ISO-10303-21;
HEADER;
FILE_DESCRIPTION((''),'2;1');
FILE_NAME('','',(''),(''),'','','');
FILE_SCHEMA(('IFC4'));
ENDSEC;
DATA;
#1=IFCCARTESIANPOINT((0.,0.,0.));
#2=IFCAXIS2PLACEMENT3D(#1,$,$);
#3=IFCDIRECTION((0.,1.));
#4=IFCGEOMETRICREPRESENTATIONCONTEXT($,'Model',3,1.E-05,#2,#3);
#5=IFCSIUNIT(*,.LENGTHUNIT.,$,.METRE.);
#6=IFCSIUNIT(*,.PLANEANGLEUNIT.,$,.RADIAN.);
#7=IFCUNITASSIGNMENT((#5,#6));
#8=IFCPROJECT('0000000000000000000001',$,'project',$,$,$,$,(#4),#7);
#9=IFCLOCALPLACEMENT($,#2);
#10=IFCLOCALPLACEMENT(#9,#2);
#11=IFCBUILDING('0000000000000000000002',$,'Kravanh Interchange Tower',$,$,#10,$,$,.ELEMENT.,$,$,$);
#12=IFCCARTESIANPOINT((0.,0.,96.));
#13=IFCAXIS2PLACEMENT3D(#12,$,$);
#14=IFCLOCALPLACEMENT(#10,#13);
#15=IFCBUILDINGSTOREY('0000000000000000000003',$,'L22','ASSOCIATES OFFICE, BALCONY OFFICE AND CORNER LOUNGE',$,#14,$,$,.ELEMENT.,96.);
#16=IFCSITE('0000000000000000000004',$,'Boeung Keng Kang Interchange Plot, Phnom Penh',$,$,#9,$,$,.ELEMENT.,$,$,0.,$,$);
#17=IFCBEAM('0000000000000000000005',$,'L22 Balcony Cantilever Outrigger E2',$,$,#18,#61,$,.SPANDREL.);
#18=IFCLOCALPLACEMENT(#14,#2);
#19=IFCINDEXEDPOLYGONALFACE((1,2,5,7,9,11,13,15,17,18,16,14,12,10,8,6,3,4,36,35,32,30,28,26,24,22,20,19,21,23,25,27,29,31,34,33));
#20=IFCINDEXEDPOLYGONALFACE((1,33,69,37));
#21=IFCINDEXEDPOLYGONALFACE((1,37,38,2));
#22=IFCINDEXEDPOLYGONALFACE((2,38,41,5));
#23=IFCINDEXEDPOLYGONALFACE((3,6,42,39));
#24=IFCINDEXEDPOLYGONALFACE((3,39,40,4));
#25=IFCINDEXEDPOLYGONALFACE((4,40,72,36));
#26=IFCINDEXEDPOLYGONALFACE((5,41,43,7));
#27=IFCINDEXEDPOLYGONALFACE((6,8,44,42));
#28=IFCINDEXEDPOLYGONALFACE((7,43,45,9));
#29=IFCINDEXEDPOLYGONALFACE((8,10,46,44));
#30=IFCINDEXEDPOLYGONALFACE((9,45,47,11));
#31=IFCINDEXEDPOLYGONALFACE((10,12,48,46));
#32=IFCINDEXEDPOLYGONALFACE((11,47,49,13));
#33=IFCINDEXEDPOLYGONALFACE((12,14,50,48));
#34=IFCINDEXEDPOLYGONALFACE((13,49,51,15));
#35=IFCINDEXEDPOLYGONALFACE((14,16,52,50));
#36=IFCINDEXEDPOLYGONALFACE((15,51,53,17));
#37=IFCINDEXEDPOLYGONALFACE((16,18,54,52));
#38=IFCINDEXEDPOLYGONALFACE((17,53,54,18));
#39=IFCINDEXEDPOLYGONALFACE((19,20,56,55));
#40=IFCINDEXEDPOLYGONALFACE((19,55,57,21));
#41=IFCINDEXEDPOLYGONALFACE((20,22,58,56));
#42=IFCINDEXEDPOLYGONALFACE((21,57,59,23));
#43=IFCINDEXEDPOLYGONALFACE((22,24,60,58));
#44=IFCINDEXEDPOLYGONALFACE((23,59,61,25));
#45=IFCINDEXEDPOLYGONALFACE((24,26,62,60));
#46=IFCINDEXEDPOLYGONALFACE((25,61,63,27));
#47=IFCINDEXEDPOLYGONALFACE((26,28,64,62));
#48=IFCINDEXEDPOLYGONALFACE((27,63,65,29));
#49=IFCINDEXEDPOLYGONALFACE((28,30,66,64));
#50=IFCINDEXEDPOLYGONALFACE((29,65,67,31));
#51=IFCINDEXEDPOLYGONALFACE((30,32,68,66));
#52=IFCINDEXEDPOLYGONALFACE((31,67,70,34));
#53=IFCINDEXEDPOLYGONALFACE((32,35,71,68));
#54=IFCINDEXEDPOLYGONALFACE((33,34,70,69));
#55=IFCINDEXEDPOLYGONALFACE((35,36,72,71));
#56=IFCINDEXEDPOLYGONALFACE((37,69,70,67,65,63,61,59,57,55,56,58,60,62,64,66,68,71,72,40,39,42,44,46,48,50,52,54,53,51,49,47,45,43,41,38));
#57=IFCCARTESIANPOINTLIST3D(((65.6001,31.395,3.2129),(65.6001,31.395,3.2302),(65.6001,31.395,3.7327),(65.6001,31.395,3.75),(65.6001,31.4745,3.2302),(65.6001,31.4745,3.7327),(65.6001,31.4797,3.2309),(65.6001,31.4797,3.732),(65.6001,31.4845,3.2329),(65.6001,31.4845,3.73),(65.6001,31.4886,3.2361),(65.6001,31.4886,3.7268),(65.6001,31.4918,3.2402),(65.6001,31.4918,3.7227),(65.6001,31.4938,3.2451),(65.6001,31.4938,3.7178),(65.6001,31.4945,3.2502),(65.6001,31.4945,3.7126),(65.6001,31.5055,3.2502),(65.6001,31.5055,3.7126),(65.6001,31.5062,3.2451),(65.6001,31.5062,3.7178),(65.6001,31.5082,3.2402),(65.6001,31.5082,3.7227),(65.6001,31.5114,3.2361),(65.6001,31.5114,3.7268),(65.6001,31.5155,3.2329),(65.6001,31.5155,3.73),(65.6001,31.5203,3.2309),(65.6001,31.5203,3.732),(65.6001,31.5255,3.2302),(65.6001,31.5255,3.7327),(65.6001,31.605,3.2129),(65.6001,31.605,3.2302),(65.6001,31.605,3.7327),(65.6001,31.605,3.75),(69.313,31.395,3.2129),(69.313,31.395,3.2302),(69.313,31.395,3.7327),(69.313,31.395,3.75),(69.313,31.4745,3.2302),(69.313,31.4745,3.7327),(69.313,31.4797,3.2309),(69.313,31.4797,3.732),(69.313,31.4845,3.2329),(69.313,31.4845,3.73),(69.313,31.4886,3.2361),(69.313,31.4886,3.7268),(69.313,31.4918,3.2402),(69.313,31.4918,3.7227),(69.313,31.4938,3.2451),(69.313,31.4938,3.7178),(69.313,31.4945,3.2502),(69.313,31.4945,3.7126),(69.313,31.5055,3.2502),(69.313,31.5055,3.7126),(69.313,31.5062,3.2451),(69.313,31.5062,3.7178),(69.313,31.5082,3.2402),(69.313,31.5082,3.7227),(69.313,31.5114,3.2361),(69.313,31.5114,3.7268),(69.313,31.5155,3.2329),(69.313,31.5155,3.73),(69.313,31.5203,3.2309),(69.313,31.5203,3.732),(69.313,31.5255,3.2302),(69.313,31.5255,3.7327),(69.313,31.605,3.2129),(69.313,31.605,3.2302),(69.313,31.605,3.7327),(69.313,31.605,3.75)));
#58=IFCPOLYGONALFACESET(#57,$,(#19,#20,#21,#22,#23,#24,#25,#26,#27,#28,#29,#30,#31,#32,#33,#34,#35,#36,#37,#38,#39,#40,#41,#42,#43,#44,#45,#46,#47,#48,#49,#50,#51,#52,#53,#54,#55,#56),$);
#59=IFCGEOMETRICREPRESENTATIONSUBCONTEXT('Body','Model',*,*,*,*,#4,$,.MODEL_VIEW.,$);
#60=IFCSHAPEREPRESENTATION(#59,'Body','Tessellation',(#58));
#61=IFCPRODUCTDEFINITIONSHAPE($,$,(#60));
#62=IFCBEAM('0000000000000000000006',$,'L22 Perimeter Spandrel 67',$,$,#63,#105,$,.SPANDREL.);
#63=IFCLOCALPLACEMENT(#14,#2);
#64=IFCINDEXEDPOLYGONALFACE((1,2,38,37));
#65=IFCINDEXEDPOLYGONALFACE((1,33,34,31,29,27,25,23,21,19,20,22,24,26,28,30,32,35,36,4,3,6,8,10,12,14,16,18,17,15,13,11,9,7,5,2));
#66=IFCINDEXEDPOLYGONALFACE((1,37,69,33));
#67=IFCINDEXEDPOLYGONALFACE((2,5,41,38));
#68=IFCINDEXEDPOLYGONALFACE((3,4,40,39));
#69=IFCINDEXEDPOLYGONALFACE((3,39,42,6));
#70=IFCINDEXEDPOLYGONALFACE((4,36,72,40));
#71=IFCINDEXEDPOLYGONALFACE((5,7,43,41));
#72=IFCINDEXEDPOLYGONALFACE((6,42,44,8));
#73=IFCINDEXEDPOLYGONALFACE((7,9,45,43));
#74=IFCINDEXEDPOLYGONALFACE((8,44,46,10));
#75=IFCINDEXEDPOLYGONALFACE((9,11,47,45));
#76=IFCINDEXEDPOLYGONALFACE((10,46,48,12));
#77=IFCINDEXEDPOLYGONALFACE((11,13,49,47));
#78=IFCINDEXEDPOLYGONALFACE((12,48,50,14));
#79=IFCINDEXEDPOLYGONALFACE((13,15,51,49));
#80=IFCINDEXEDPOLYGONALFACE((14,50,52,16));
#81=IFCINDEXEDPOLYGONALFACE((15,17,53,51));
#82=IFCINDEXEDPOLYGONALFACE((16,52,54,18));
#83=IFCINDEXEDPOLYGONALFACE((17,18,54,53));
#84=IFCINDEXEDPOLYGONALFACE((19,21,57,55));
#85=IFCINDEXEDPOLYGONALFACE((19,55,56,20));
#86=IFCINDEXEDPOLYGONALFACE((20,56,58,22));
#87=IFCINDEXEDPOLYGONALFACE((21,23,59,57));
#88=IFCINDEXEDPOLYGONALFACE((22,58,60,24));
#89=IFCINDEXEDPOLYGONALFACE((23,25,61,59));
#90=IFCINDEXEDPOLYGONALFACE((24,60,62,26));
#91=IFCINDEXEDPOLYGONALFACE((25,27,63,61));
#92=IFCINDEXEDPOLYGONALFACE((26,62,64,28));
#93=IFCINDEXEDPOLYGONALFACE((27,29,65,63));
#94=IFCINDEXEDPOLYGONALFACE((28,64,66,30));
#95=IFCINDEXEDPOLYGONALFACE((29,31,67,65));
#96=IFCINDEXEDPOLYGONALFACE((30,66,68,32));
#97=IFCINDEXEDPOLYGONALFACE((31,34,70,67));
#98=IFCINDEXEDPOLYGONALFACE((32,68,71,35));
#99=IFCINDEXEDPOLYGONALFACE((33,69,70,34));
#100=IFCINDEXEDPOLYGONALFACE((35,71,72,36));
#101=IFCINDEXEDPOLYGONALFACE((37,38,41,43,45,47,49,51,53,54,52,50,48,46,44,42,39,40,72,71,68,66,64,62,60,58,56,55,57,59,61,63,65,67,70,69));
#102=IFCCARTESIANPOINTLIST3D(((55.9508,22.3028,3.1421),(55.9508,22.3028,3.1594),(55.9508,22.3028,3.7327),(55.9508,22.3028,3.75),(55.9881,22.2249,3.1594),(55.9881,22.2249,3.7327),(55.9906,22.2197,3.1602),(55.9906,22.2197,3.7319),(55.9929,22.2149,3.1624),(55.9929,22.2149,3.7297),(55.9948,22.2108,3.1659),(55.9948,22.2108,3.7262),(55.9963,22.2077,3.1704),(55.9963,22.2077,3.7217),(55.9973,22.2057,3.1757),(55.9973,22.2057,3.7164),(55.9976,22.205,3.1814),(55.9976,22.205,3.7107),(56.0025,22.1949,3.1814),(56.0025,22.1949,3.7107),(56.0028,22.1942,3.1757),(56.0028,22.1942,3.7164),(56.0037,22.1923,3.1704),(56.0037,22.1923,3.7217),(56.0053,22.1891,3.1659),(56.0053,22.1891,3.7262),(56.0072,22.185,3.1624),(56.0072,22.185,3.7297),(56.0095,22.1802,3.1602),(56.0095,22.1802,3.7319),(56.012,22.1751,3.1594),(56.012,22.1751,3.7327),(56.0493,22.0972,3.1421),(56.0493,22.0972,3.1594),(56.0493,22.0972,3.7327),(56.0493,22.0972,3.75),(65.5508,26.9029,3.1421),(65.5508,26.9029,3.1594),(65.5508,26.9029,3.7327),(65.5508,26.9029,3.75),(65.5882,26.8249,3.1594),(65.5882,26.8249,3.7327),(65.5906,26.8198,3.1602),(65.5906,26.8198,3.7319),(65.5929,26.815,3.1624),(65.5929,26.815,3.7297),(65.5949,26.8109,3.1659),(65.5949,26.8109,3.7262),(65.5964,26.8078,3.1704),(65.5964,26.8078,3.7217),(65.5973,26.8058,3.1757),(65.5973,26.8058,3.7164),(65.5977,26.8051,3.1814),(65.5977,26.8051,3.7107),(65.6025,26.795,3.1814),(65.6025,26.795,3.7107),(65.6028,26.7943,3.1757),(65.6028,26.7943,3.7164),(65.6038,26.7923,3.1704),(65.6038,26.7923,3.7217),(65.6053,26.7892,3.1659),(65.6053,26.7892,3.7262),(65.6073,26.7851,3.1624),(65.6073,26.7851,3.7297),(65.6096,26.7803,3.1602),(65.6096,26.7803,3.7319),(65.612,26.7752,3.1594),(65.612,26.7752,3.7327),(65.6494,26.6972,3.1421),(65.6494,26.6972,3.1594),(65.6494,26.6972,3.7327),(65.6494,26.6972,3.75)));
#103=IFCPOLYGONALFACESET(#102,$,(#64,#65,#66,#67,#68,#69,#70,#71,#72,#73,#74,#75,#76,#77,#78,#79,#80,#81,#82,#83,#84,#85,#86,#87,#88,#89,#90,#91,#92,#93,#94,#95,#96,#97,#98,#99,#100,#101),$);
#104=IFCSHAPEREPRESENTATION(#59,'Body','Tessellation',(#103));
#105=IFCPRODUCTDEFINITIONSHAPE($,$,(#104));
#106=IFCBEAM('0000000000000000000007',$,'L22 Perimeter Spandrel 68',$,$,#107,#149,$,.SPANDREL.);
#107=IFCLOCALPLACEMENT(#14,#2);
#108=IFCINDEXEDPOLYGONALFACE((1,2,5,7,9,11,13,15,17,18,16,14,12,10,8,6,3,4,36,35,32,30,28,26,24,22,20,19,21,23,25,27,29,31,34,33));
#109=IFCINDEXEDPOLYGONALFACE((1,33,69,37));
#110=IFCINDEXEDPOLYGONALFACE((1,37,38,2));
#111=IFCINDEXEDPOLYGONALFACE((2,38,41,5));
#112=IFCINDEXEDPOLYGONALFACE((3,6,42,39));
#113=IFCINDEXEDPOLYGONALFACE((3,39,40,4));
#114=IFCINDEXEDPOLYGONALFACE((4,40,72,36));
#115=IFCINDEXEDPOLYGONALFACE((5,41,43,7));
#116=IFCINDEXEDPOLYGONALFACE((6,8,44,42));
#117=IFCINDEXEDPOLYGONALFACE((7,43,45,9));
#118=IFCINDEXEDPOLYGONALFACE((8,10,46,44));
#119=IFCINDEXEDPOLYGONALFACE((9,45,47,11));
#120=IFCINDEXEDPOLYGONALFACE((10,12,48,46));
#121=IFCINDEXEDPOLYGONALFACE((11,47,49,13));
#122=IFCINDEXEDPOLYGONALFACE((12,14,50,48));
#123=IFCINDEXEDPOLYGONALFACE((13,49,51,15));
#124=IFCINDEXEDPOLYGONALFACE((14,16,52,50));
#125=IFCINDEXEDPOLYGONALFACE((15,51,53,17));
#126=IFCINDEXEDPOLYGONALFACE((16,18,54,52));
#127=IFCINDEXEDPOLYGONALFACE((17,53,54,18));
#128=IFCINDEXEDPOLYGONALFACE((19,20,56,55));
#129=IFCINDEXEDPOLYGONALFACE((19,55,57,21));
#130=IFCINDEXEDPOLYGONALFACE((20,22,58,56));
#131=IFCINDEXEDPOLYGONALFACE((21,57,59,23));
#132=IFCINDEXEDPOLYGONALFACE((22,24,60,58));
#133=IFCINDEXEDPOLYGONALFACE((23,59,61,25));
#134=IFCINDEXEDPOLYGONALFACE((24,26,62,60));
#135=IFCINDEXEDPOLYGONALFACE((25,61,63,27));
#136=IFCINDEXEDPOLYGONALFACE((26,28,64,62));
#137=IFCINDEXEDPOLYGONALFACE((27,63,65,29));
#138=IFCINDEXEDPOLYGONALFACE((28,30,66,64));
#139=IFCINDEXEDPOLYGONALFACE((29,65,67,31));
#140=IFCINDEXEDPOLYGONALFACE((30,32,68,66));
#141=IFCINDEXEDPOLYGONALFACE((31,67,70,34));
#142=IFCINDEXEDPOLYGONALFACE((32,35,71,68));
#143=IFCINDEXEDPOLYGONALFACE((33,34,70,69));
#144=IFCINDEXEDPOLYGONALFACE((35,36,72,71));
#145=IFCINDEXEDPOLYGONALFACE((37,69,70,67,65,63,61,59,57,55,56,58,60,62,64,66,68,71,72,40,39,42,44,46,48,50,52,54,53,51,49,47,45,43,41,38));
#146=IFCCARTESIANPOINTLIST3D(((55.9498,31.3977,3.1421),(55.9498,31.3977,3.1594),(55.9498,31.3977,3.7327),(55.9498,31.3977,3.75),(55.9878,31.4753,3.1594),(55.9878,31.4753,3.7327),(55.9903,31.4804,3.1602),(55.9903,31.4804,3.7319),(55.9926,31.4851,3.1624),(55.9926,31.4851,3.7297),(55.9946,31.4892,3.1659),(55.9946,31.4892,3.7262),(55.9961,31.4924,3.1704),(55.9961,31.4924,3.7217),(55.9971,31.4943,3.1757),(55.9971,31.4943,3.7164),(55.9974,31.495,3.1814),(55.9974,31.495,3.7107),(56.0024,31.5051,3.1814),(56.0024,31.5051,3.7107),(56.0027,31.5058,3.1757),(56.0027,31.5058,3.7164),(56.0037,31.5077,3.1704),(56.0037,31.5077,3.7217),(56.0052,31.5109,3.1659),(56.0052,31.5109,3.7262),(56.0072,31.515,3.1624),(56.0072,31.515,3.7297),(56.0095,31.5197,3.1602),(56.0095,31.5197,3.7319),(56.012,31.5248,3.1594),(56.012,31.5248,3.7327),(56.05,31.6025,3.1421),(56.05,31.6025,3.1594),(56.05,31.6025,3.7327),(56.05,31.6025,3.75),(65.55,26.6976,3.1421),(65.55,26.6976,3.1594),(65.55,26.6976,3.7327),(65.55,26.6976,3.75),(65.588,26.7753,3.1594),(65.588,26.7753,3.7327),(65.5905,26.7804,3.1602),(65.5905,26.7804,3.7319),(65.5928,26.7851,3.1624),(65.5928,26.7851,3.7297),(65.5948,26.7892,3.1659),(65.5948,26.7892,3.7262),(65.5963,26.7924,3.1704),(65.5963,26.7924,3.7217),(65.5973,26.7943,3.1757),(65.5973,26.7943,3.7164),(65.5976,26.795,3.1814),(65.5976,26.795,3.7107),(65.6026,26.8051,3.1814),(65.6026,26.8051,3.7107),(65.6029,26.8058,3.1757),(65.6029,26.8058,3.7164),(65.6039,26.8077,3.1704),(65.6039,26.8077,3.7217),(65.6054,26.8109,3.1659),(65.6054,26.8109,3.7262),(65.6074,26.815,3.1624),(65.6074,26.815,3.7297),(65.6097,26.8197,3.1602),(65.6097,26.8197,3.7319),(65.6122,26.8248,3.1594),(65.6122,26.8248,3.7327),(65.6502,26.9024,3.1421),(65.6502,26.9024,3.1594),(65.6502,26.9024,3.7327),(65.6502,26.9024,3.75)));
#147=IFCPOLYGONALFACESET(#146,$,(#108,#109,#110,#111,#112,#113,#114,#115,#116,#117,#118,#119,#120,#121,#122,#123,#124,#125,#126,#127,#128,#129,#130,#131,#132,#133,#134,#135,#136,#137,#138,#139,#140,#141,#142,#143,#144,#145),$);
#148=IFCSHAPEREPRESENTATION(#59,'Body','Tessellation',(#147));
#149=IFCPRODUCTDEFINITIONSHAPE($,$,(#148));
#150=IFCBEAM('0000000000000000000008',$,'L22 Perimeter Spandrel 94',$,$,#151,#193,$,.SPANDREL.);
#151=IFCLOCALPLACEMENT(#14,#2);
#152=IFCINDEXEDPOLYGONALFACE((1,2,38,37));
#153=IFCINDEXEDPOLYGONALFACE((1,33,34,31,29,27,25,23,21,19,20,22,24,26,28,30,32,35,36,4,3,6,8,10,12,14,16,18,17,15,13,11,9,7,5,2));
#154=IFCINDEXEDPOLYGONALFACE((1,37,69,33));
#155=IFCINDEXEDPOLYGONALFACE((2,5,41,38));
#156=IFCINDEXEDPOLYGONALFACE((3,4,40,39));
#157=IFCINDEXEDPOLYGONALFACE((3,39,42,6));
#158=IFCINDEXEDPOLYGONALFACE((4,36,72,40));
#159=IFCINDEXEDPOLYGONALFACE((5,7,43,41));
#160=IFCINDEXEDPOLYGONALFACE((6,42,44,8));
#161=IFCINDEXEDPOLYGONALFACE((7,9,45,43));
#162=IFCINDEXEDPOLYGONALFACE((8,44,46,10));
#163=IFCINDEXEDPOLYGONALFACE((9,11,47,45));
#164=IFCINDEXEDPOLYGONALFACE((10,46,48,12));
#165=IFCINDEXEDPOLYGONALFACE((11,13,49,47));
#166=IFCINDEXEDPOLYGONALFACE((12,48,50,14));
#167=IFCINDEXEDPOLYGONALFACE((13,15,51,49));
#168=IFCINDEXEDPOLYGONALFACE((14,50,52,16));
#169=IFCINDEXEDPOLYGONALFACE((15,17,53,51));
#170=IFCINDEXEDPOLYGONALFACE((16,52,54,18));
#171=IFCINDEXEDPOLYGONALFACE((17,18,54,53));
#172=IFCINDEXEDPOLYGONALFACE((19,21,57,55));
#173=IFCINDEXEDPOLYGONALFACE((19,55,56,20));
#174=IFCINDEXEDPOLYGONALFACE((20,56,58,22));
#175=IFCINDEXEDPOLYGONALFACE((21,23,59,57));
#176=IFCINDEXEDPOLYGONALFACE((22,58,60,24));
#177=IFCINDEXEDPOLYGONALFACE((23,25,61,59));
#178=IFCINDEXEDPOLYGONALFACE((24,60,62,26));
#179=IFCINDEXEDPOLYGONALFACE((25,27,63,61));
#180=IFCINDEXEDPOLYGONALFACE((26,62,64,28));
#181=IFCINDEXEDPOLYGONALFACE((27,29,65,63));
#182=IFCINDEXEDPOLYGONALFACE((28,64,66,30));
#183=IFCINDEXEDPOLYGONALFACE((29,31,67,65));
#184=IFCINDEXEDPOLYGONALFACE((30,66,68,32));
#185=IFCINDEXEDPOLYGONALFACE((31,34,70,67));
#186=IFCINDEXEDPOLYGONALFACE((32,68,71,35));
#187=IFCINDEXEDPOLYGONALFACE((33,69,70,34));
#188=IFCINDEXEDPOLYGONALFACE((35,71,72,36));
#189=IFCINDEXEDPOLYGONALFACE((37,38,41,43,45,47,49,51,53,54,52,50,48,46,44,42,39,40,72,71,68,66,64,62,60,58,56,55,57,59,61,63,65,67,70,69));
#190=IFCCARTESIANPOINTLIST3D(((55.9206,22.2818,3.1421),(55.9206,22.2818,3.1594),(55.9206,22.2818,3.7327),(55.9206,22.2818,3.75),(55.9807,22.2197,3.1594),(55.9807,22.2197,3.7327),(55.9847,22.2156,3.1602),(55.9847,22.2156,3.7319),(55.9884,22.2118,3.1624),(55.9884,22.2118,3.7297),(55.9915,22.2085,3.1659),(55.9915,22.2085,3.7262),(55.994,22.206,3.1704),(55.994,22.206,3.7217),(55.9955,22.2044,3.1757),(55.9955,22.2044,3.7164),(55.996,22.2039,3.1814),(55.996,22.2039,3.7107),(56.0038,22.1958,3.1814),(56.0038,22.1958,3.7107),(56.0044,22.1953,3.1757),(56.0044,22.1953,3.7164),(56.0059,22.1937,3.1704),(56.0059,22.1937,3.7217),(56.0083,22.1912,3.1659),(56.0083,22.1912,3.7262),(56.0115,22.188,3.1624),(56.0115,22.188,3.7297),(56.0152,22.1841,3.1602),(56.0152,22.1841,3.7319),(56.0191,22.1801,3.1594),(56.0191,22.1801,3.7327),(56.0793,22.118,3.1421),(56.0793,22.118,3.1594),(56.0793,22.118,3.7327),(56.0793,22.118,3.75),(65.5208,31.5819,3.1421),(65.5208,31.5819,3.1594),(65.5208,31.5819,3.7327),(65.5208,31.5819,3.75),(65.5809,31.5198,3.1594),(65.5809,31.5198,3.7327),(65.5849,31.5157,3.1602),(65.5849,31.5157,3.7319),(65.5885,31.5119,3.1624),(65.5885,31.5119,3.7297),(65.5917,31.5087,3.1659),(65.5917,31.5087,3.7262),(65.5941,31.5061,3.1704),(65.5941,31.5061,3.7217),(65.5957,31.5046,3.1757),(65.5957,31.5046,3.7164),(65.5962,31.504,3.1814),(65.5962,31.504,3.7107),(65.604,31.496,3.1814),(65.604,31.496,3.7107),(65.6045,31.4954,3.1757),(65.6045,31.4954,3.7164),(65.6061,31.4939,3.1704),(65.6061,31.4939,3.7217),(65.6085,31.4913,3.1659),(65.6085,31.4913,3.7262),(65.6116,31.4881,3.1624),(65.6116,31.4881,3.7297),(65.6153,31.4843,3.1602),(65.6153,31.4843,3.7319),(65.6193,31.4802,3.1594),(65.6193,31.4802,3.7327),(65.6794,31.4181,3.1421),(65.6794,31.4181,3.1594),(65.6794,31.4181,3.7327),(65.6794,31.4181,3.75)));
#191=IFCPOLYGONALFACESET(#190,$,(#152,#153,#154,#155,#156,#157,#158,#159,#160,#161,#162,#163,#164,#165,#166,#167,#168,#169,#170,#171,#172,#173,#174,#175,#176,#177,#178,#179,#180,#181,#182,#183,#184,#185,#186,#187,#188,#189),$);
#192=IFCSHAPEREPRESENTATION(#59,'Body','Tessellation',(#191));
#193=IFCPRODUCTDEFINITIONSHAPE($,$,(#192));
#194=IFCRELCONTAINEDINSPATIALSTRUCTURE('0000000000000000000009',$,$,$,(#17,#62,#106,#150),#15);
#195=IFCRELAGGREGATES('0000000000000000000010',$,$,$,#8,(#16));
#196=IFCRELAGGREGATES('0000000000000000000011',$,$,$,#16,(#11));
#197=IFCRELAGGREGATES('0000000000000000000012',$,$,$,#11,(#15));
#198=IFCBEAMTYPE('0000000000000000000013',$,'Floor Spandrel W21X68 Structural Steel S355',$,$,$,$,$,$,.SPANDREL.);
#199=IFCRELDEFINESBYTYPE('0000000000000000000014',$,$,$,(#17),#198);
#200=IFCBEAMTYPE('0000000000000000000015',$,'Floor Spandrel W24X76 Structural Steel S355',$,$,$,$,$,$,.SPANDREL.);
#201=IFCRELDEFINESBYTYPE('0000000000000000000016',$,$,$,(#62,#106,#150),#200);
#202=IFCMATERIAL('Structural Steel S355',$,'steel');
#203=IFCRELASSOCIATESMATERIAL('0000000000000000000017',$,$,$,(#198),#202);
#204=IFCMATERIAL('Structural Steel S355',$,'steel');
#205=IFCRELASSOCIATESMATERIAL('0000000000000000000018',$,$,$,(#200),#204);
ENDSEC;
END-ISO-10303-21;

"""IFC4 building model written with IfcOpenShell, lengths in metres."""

from ifc_helpers import new_model, si_unit, direction, frame, origin, origin_2d, place, context, subcontext, project, spatial, i_section, extrude, material, material_profile, profile_set, type_object, element, save


model = new_model("IFC4")

# Units and contexts
model_context = context("Model", 3, precision=1e-05, world=origin(), true_north=direction((0.0, 1.0)))
body_context = subcontext(model_context, "Body", "Model", "MODEL_VIEW")
ifc_project = project(units=[si_unit("LENGTHUNIT", "METRE"), si_unit("PLANEANGLEUNIT", "RADIAN")], contexts=[model_context])

# Site, building, storey
site_placement = place(None, origin())
site = spatial("IfcSite", under=ifc_project, at=site_placement, Name="Boeung Keng Kang Interchange Plot, Phnom Penh", CompositionType="ELEMENT", RefElevation=0.0)
building_placement = place(site_placement, origin())
building = spatial("IfcBuilding", under=site, at=building_placement, Name="Kravanh Interchange Tower", CompositionType="ELEMENT")
storey_placement = place(building_placement, frame((0.0, 0.0, 96.0)))
storey = spatial("IfcBuildingStorey", under=building, at=storey_placement, Name="L22", Description="ASSOCIATES OFFICE, BALCONY OFFICE AND CORNER LOUNGE", CompositionType="ELEMENT", Elevation=96.0)

# Beams
ifc_material_1 = material(Name="Structural Steel S355", Category="steel")
ifc_material_profile_1 = material_profile(ifc_material_1, i_section(OverallWidth=0.21, OverallDepth=0.5371, WebThickness=0.011, FlangeThickness=0.0173, FilletRadius=0.02, at=origin_2d()), Name="W21X68")
ifc_profile_set_1 = profile_set([ifc_material_profile_1], Name="Structural Steel S355")
beam_type_1 = type_object("IfcBeamType", Name="Floor Spandrel W21X68 Structural Steel S355", PredefinedType="SPANDREL", material=ifc_profile_set_1)
for number, where, z_axis, x_axis, name in (
    (1, (65.6001, 31.5, 3.4814), (1.0, 0.0, 0.0), (0.0, 1.0, 0.0), "L22 Balcony Cantilever Outrigger E2"),
):
    element("IfcBeam", number, at=place(storey_placement, frame(where, z_axis=z_axis, x_axis=x_axis)), inside=storey, type_object=beam_type_1, Name=name, PredefinedType="SPANDREL", context=body_context, shape_type="SweptSolid", body=[
        extrude(i_section(OverallWidth=0.21, OverallDepth=0.5371, WebThickness=0.011, FlangeThickness=0.0173, FilletRadius=0.02, at=origin_2d()), origin(), (0.0, 0.0, 1.0), 3.7129),
    ])
ifc_material_2 = material(Name="Structural Steel S355", Category="steel")
ifc_material_profile_2 = material_profile(ifc_material_2, i_section(OverallWidth=0.228, OverallDepth=0.6079, WebThickness=0.0112, FlangeThickness=0.0173, FilletRadius=0.022, at=origin_2d()), Name="W24X76")
ifc_profile_set_2 = profile_set([ifc_material_profile_2], Name="Structural Steel S355")
beam_type_2 = type_object("IfcBeamType", Name="Floor Spandrel W24X76 Structural Steel S355", PredefinedType="SPANDREL", material=ifc_profile_set_2)
beam_1_placement = place(storey_placement, frame((65.6001, 26.8, 3.446), z_axis=(-0.901814, -0.432124, 0.0), x_axis=(0.432124, -0.901814, 0.0)))
element("IfcBeam", 2, at=beam_1_placement, inside=storey, type_object=beam_type_2, Name="L22 Perimeter Spandrel 67", PredefinedType="SPANDREL", context=body_context, shape_type="SweptSolid", body=[
    extrude(i_section(OverallWidth=0.228, OverallDepth=0.6079, WebThickness=0.0112, FlangeThickness=0.0173, FilletRadius=0.022, at=origin_2d()), origin(), (0.0, 0.0, 1.0), 10.6453),
])
beam_2_placement = place(storey_placement, frame((65.6001, 26.8, 3.446), z_axis=(-0.898142, 0.439706, 0.0), x_axis=(-0.439706, -0.898142, 0.0)))
element("IfcBeam", 3, at=beam_2_placement, inside=storey, type_object=beam_type_2, Name="L22 Perimeter Spandrel 68", PredefinedType="SPANDREL", context=body_context, shape_type="SweptSolid", body=[
    extrude(i_section(OverallWidth=0.228, OverallDepth=0.6079, WebThickness=0.0112, FlangeThickness=0.0173, FilletRadius=0.022, at=origin_2d()), origin(), (0.0, 0.0, 1.0), 10.689),
])
beam_3_placement = place(storey_placement, frame((65.6001, 31.5, 3.446), z_axis=(-0.718242, -0.695793, 0.0), x_axis=(0.695793, -0.718242, 0.0)))
element("IfcBeam", 4, at=beam_3_placement, inside=storey, type_object=beam_type_2, Name="L22 Perimeter Spandrel 94", PredefinedType="SPANDREL", context=body_context, shape_type="SweptSolid", body=[
    extrude(i_section(OverallWidth=0.228, OverallDepth=0.6079, WebThickness=0.0112, FlangeThickness=0.0173, FilletRadius=0.022, at=origin_2d()), origin(), (0.0, 0.0, 1.0), 13.3662),
])

save(model, "model.ifc")
